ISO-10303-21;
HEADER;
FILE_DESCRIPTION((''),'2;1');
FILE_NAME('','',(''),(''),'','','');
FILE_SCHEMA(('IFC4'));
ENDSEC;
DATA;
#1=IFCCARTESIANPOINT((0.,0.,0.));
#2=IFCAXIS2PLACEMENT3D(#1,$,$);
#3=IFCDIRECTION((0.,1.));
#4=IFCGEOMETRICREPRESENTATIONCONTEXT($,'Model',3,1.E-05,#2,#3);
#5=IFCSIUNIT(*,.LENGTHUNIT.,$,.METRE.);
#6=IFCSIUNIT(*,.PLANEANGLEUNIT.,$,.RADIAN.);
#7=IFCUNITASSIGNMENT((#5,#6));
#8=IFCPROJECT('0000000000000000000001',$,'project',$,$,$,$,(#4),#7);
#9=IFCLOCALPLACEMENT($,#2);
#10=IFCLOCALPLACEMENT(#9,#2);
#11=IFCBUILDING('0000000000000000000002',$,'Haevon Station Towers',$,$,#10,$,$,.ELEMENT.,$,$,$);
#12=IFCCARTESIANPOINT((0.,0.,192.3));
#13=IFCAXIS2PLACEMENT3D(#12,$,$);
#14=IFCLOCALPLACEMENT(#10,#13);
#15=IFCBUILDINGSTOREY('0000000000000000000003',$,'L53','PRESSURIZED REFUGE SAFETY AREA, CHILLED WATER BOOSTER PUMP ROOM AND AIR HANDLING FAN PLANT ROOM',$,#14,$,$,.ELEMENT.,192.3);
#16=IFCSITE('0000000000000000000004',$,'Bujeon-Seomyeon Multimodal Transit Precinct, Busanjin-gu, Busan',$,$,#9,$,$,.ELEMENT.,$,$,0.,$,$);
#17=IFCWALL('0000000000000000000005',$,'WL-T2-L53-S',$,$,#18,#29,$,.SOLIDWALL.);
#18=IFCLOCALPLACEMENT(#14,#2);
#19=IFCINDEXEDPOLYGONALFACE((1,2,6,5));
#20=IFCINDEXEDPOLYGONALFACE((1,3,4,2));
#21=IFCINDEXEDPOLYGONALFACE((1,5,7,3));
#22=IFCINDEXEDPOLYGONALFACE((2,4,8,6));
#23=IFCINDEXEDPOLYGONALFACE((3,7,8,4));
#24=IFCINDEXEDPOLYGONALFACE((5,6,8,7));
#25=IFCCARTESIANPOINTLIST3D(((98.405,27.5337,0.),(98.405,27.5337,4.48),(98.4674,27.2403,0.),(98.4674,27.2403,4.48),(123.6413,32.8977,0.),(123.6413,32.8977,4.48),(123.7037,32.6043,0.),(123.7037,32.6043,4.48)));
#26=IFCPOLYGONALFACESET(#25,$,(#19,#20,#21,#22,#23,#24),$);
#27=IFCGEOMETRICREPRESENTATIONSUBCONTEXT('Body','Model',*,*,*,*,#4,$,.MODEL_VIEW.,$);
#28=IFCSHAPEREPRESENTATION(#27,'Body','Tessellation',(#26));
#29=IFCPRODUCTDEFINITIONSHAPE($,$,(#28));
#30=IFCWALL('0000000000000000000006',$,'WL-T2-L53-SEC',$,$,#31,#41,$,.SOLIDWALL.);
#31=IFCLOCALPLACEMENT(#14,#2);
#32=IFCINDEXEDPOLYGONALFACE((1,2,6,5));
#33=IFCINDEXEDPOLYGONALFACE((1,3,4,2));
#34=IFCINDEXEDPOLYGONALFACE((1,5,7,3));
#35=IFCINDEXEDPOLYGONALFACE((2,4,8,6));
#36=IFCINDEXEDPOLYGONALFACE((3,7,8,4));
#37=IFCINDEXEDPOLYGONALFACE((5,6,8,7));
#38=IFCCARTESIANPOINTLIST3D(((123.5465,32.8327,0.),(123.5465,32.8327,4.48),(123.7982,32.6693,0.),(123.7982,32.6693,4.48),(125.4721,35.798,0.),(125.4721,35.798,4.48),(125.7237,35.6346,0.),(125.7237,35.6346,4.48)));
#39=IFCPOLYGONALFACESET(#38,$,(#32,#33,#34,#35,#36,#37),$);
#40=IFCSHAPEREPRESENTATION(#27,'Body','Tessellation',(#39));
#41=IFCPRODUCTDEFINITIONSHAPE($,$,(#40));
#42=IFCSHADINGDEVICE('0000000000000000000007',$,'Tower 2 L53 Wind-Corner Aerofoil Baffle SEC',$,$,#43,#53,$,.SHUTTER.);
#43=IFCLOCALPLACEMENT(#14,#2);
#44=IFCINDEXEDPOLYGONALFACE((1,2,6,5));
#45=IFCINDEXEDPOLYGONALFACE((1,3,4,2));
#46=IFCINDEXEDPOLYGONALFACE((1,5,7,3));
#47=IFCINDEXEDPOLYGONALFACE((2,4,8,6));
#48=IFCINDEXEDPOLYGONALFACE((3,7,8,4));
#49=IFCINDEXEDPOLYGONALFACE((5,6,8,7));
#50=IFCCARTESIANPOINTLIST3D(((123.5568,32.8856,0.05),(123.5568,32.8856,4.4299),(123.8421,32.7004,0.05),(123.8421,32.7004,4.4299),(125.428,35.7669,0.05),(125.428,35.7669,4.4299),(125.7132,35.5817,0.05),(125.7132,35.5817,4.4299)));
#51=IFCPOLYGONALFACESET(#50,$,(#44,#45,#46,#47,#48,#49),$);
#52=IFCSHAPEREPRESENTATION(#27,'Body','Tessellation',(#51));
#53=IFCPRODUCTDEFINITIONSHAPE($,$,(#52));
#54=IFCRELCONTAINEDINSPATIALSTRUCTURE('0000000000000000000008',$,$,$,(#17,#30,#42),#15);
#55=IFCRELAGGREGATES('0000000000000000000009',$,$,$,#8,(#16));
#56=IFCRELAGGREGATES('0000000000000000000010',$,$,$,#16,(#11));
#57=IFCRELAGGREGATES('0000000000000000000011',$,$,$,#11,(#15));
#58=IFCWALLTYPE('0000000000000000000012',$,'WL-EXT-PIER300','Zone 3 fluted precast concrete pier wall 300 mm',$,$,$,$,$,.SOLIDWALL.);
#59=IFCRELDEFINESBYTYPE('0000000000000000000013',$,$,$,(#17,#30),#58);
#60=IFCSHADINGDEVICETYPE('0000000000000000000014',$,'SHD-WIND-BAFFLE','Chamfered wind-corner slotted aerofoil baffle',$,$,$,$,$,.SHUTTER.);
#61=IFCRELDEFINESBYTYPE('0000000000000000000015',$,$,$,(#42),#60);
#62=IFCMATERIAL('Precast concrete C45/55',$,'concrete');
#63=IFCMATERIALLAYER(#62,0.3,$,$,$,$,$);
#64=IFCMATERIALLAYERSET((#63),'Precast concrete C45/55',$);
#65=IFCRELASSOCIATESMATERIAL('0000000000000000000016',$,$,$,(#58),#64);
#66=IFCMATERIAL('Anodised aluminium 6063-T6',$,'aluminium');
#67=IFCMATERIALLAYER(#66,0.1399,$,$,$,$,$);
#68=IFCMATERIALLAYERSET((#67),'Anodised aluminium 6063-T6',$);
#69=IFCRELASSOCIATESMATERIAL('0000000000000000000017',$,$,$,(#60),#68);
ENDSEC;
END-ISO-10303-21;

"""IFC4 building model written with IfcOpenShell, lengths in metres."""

from ifc_helpers import new_model, si_unit, direction, frame, frame_2d, origin, origin_2d, place, context, subcontext, project, spatial, rectangle, extrude, material, layer, layer_set, type_object, element, save


model = new_model("IFC4")

# Units and contexts
model_context = context("Model", 3, precision=1e-05, world=origin(), true_north=direction((0.0, 1.0)))
body_context = subcontext(model_context, "Body", "Model", "MODEL_VIEW")
ifc_project = project(units=[si_unit("LENGTHUNIT", "METRE"), si_unit("PLANEANGLEUNIT", "RADIAN")], contexts=[model_context])

# Site, building, storey
site_placement = place(None, origin())
site = spatial("IfcSite", under=ifc_project, at=site_placement, Name="Bujeon-Seomyeon Multimodal Transit Precinct, Busanjin-gu, Busan", CompositionType="ELEMENT", RefElevation=0.0)
building_placement = place(site_placement, origin())
building = spatial("IfcBuilding", under=site, at=building_placement, Name="Haevon Station Towers", CompositionType="ELEMENT")
storey_placement = place(building_placement, frame((0.0, 0.0, 192.3)))
storey = spatial("IfcBuildingStorey", under=building, at=storey_placement, Name="L53", Description="PRESSURIZED REFUGE SAFETY AREA, CHILLED WATER BOOSTER PUMP ROOM AND AIR HANDLING FAN PLANT ROOM", CompositionType="ELEMENT", Elevation=192.3)

# Walls
ifc_material_1 = material(Name="Precast concrete C45/55", Category="concrete")
ifc_layer_1 = layer(ifc_material_1, 0.3)
ifc_layer_set_1 = layer_set([ifc_layer_1], Name="Precast concrete C45/55")
wall_type = type_object("IfcWallType", Name="WL-EXT-PIER300", Description="Zone 3 fluted precast concrete pier wall 300 mm", PredefinedType="SOLIDWALL", material=ifc_layer_set_1)
wall_1_placement = place(storey_placement, frame((123.6724, 32.751, 0.0), z_axis=(0.0, 0.0, 1.0), x_axis=(-0.978149, -0.207907, 0.0)))
element("IfcWall", 1, at=wall_1_placement, inside=storey, type_object=wall_type, Name="WL-T2-L53-S", PredefinedType="SOLIDWALL", context=body_context, shape_type="SweptSolid", body=[
    extrude(rectangle(XDim=25.8, YDim=0.3, at=frame_2d((12.8999, 0.0))), origin(), (0.0, 0.0, 1.0), 4.48),
])
wall_2_placement = place(storey_placement, frame((125.5979, 35.7163, 0.0), z_axis=(0.0, 0.0, 1.0), x_axis=(-0.544605, -0.838693, 0.0)))
element("IfcWall", 2, at=wall_2_placement, inside=storey, type_object=wall_type, Name="WL-T2-L53-SEC", PredefinedType="SOLIDWALL", context=body_context, shape_type="SweptSolid", body=[
    extrude(rectangle(XDim=3.5356, YDim=0.3, at=frame_2d((1.7678, 0.0))), origin(), (0.0, 0.0, 1.0), 4.48),
])

# Shading device
ifc_material_2 = material(Name="Anodised aluminium 6063-T6", Category="aluminium")
ifc_layer_2 = layer(ifc_material_2, 0.1399)
ifc_layer_set_2 = layer_set([ifc_layer_2], Name="Anodised aluminium 6063-T6")
shading_device_type = type_object("IfcShadingDeviceType", Name="SHD-WIND-BAFFLE", Description="Chamfered wind-corner slotted aerofoil baffle", PredefinedType="SHUTTER", material=ifc_layer_set_2)
shading_device_placement = place(storey_placement, frame((124.635, 34.2336, 0.05), z_axis=(0.0, 0.0, 1.0), x_axis=(-0.544639, -0.838671, 0.0)))
element("IfcShadingDevice", 3, at=shading_device_placement, inside=storey, type_object=shading_device_type, Name="Tower 2 L53 Wind-Corner Aerofoil Baffle SEC", PredefinedType="SHUTTER", context=body_context, shape_type="SweptSolid", body=[
    extrude(rectangle(XDim=3.4355, YDim=0.3401, at=origin_2d()), origin(), (0.0, 0.0, 1.0), 4.3799),
])

save(model, "model.ifc")
